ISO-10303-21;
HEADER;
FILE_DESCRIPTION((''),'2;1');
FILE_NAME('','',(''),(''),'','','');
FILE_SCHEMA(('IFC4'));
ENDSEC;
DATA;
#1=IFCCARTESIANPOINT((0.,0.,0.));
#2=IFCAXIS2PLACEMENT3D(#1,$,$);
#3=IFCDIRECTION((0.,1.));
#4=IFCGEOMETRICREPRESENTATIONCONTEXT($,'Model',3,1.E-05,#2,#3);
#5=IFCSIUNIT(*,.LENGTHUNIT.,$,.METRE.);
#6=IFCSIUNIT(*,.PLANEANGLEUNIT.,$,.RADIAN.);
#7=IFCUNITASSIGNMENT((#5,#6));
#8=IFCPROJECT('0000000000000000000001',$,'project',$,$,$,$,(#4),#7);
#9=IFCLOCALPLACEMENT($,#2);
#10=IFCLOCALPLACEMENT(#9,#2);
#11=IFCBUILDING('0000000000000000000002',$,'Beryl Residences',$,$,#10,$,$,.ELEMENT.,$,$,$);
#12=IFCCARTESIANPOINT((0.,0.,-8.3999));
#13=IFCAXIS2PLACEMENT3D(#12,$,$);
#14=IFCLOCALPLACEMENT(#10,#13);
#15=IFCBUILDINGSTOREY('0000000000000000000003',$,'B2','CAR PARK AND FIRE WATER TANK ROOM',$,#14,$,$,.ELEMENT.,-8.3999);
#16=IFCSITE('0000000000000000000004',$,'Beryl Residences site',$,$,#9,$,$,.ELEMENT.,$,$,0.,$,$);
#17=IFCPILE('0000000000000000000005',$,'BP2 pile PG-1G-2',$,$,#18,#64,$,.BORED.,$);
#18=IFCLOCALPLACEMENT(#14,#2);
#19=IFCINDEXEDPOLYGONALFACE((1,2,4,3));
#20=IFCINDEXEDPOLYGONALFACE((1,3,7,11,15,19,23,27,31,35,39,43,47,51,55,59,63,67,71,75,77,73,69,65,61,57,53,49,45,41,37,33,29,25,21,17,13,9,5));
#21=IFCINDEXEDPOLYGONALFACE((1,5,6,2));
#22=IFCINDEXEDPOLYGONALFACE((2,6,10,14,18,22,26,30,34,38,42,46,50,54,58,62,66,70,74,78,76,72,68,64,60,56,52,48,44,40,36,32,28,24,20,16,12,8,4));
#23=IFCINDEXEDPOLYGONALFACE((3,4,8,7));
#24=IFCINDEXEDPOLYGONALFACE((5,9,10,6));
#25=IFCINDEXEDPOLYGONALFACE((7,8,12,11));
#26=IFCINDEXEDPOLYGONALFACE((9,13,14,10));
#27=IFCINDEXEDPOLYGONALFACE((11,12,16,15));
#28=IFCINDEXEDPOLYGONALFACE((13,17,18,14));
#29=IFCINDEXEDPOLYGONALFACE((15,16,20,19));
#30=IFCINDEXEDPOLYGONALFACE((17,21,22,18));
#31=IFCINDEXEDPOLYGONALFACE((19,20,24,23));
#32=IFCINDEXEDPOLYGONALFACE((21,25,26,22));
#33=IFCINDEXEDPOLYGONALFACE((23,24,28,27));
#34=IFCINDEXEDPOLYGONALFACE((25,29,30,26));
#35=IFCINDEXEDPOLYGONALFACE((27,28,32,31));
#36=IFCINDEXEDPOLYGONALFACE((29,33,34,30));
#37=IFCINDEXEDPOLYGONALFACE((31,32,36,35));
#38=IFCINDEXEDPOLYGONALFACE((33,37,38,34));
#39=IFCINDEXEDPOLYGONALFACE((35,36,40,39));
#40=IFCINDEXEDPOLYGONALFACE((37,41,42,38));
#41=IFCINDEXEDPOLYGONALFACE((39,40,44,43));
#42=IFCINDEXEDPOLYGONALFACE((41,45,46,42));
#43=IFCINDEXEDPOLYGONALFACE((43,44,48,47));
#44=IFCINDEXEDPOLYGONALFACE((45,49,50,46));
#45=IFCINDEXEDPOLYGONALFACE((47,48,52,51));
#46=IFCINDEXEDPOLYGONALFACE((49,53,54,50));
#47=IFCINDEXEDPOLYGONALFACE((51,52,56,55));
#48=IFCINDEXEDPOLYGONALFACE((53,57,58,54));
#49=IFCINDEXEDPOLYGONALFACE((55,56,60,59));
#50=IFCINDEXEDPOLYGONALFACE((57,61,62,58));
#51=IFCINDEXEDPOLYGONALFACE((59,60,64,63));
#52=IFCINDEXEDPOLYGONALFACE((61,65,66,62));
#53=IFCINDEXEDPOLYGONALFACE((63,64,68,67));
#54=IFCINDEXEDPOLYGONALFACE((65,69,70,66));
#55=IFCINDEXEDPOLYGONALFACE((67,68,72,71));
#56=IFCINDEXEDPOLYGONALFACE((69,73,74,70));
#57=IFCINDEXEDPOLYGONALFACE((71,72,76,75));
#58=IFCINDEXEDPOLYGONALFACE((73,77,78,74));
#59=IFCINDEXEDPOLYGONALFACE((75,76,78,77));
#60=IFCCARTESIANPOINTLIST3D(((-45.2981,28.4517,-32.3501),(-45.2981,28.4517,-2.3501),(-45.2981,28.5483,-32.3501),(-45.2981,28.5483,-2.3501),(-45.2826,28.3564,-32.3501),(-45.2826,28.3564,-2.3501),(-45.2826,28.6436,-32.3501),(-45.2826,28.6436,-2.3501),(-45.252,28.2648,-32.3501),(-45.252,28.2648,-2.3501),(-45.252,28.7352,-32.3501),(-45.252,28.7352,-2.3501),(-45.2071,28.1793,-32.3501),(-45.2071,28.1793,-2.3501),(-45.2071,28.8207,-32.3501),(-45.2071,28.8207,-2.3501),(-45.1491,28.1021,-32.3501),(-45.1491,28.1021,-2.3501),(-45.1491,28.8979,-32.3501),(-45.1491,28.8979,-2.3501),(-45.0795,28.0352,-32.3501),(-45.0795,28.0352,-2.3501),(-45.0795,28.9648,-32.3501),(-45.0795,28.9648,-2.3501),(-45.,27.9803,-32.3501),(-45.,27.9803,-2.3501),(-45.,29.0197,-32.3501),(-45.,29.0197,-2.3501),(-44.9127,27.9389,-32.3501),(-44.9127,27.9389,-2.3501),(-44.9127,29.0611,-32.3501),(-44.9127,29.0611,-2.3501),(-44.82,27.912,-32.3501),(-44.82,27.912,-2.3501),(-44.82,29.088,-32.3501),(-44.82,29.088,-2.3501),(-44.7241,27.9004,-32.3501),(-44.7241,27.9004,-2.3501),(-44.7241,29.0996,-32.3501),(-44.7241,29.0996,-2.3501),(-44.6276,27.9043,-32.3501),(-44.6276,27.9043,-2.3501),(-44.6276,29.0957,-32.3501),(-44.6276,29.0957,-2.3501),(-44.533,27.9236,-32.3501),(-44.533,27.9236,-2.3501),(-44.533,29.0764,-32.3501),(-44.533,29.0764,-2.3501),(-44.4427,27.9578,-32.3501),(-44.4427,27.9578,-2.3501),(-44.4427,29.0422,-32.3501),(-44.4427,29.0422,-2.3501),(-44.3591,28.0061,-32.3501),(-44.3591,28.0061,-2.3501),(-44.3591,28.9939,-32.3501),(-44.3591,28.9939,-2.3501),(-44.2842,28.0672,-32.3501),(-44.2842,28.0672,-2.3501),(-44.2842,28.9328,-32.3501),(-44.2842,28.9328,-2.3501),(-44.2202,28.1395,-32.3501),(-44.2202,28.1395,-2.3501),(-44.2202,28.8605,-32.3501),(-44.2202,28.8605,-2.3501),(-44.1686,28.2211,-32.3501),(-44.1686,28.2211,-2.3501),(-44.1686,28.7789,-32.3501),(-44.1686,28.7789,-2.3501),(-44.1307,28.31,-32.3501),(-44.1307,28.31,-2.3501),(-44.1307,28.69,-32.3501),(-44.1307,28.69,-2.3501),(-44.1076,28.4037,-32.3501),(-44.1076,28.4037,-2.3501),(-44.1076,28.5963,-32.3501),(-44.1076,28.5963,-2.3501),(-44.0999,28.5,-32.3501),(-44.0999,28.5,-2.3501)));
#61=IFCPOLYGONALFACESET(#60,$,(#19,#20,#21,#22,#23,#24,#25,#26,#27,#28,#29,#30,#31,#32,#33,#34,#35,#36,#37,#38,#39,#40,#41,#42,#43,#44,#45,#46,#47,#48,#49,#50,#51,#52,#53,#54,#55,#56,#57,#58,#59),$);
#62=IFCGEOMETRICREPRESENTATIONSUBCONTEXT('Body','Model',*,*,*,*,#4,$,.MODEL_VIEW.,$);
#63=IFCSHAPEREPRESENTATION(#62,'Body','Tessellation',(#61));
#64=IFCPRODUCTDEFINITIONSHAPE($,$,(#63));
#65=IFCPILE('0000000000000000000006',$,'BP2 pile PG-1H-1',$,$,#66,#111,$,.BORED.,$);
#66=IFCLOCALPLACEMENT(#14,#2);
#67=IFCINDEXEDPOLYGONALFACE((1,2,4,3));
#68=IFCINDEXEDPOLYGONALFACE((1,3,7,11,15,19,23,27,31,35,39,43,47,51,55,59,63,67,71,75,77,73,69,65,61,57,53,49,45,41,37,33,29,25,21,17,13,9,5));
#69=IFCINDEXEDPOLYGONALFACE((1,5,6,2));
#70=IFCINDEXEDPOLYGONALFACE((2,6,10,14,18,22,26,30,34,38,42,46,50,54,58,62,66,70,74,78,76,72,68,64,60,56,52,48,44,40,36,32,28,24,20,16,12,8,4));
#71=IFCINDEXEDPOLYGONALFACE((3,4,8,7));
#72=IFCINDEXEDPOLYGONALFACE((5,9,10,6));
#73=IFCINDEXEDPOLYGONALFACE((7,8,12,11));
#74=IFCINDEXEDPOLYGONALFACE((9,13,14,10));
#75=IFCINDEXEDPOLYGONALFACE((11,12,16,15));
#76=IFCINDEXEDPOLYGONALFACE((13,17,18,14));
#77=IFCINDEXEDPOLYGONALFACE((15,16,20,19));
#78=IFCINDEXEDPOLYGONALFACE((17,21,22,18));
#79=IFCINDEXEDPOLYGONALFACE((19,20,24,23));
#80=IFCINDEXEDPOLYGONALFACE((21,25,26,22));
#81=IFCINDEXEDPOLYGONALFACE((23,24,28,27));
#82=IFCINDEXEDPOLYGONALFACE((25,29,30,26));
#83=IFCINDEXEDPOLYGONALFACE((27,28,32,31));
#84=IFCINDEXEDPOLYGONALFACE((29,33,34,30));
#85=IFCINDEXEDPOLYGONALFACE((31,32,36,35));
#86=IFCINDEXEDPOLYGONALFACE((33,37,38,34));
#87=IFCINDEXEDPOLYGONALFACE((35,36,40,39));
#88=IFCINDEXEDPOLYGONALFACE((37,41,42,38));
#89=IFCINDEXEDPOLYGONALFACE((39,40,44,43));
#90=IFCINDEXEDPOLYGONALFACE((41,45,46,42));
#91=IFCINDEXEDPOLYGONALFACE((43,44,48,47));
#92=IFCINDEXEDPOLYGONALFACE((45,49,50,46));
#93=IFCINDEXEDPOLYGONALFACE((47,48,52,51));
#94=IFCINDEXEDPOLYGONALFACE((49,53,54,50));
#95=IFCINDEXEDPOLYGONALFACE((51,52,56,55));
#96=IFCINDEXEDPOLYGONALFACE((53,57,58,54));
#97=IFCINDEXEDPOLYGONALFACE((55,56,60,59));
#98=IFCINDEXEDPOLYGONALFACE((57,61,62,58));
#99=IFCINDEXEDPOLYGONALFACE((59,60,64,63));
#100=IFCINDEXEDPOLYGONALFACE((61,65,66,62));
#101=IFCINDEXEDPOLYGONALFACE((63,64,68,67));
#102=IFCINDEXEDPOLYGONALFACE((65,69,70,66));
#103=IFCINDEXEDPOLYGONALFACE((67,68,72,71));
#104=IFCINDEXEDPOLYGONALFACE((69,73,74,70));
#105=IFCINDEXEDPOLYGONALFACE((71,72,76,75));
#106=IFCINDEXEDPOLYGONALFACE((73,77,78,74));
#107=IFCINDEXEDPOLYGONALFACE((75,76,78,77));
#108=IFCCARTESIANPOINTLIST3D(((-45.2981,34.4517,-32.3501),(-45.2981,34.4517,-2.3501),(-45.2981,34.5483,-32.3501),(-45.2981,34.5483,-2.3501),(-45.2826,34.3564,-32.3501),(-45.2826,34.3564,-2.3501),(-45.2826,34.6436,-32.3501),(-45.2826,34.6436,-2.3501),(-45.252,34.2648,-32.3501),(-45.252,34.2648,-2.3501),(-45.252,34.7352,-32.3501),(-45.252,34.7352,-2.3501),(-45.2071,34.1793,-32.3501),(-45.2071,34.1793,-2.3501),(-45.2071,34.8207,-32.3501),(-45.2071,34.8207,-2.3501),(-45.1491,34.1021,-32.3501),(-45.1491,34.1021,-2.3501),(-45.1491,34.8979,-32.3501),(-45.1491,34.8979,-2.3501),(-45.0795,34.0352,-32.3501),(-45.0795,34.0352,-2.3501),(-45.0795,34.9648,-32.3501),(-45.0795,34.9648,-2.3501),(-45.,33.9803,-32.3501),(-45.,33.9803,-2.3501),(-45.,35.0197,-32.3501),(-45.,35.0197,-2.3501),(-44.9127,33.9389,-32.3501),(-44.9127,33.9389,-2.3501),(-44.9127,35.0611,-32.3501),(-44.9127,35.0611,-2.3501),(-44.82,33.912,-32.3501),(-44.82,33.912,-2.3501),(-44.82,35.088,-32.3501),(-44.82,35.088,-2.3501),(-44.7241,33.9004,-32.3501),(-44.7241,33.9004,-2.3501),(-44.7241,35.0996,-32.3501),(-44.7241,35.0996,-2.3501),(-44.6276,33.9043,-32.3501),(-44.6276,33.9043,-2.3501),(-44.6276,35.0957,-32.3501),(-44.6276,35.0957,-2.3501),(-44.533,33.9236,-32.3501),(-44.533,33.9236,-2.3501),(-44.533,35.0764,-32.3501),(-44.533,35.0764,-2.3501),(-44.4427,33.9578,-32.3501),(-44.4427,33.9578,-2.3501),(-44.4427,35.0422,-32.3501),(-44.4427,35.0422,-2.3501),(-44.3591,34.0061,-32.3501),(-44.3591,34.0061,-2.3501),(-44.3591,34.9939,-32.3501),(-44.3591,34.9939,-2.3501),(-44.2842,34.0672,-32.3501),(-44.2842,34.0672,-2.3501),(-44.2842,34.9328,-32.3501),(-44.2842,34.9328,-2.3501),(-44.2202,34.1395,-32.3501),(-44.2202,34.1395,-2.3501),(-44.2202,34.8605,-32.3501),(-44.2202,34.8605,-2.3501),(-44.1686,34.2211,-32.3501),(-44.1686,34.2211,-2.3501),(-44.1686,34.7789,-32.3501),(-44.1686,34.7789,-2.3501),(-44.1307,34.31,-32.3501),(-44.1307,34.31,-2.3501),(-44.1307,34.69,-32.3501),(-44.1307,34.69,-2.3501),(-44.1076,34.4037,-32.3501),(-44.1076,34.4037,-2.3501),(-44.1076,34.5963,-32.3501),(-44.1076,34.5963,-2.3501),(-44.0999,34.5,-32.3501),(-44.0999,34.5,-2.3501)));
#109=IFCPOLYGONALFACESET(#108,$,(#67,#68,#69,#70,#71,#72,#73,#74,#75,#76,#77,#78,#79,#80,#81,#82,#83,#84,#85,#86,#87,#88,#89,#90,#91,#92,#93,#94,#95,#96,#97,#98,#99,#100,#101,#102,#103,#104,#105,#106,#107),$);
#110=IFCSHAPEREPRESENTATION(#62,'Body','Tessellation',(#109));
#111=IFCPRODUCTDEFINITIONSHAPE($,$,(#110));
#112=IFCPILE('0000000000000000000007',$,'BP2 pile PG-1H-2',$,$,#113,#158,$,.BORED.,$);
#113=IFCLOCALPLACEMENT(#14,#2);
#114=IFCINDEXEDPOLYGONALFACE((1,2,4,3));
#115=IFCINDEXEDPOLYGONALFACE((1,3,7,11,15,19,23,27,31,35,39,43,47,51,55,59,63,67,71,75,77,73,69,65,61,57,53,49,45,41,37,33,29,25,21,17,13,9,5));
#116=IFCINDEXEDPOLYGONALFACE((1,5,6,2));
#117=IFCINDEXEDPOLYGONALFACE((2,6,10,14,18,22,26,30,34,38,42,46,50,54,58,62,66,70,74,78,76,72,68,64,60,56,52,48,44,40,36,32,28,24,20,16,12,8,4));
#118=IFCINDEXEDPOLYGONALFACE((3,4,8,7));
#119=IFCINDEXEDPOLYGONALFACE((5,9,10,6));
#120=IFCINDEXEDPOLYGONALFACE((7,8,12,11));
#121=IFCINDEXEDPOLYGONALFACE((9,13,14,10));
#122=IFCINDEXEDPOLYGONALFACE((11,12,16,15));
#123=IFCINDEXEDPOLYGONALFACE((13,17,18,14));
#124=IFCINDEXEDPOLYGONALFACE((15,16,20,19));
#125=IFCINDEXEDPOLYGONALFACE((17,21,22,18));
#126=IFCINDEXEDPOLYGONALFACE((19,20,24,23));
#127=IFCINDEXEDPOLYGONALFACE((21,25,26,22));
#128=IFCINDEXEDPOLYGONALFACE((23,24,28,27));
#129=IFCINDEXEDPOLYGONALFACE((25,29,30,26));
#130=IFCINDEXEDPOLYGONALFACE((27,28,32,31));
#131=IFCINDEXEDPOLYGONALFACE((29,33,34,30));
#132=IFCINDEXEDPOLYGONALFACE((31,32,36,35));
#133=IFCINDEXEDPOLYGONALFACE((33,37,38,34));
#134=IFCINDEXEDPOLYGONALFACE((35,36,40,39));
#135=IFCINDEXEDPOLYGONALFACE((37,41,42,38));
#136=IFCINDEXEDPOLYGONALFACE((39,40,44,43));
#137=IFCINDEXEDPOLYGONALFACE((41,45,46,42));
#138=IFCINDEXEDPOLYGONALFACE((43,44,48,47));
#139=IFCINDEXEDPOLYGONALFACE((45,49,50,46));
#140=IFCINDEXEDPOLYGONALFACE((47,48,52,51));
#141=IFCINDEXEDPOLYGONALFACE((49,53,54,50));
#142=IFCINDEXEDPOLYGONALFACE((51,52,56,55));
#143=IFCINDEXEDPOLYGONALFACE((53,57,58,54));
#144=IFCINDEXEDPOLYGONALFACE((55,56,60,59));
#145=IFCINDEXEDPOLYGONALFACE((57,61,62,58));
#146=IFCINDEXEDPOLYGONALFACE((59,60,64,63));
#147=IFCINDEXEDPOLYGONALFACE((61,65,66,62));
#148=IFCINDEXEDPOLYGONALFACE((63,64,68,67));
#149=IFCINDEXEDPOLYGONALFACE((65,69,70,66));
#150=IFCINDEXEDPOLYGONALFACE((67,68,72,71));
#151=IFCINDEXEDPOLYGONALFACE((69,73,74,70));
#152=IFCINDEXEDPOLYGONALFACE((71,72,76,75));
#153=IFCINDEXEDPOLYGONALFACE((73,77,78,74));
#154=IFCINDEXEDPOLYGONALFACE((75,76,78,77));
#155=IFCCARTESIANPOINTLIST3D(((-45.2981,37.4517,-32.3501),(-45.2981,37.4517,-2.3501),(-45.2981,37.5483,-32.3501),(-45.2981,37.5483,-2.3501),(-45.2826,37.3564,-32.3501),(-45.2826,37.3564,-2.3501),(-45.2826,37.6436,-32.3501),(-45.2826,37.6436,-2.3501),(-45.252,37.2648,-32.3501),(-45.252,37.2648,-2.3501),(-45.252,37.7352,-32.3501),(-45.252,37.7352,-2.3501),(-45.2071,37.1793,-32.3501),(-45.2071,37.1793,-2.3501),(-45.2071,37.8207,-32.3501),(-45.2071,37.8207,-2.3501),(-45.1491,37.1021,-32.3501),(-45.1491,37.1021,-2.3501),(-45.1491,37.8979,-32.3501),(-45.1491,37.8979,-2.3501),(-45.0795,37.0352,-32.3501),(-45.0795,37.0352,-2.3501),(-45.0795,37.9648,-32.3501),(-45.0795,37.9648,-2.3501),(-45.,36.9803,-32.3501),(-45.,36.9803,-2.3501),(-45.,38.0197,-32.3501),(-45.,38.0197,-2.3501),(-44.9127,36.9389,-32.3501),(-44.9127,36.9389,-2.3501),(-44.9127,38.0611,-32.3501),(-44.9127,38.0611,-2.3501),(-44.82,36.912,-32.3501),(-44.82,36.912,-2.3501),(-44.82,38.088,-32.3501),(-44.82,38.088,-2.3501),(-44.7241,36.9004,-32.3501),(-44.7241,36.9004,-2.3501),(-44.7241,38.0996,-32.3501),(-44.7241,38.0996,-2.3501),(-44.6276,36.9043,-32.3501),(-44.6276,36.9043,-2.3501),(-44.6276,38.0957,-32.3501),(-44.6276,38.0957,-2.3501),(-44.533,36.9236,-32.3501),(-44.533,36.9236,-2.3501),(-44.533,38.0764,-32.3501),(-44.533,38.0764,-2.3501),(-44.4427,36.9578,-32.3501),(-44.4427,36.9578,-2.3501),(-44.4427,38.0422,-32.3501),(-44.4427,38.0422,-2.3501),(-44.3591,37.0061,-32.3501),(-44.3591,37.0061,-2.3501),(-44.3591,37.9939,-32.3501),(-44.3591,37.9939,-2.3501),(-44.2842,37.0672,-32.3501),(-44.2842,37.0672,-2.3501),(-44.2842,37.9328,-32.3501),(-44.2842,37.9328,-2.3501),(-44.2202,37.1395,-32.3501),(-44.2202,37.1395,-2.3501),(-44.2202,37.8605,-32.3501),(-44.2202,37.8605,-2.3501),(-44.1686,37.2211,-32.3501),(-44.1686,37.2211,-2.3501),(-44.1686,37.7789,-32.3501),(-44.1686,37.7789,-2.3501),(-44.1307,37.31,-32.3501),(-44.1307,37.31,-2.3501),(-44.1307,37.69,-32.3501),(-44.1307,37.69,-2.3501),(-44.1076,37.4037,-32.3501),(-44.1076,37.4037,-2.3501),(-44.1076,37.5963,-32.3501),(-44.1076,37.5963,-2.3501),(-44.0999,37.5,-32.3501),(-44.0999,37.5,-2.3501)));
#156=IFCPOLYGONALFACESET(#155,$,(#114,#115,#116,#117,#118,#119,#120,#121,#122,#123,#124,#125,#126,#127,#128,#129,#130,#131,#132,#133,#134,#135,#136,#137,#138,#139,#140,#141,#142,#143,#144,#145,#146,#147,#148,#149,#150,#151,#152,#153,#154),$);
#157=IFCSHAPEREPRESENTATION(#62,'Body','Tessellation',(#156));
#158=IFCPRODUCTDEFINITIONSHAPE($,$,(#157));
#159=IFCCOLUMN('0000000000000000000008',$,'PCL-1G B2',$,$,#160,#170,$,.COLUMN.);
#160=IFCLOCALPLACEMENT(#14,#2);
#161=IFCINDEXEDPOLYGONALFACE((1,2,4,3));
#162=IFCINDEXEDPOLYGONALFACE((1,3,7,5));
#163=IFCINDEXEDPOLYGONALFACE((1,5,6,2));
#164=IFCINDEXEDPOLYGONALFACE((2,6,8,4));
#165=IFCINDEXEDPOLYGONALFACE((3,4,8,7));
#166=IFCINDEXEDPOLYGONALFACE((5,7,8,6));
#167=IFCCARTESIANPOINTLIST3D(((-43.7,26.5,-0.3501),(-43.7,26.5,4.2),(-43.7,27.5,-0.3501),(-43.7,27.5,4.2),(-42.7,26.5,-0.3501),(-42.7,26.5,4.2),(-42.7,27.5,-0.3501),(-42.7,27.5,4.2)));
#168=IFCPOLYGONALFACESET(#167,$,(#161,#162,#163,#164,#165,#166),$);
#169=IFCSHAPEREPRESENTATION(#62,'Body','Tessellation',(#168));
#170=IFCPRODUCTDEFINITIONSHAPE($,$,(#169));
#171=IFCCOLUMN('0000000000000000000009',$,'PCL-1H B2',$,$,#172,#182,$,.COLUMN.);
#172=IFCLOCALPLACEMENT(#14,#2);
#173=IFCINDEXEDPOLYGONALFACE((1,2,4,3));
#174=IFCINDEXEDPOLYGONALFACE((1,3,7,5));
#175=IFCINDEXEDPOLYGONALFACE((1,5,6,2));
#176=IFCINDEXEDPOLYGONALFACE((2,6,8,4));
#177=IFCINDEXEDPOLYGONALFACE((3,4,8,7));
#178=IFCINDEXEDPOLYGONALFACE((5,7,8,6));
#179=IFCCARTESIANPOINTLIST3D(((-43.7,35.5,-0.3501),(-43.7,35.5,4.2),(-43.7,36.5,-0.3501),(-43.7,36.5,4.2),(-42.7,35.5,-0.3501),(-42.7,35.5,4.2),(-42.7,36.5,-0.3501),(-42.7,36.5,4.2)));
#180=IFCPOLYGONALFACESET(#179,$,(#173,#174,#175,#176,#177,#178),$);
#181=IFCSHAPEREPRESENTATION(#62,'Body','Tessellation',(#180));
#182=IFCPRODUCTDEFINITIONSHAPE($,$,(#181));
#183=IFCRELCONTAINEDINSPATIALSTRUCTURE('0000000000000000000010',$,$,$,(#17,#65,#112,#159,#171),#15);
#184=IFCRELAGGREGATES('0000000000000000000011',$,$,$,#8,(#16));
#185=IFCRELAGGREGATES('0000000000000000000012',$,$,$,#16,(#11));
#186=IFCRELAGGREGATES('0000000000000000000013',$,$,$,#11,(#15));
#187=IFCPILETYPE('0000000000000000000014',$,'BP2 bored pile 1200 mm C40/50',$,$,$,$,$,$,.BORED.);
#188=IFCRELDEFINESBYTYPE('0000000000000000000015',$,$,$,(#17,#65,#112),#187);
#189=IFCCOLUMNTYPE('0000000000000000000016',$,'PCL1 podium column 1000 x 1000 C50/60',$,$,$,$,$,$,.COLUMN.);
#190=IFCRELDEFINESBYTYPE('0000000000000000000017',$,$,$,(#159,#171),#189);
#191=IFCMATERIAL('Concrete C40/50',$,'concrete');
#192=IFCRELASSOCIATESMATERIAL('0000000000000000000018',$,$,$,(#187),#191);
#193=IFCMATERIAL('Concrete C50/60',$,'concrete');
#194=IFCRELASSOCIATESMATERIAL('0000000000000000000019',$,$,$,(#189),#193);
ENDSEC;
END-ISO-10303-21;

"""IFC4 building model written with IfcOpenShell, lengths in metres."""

from ifc_helpers import new_model, si_unit, direction, frame, origin, origin_2d, place, context, subcontext, project, spatial, rectangle, circle, extrude, material, material_profile, profile_set, type_object, element, save


model = new_model("IFC4")

# Units and contexts
model_context = context("Model", 3, precision=1e-05, world=origin(), true_north=direction((0.0, 1.0)))
body_context = subcontext(model_context, "Body", "Model", "MODEL_VIEW")
ifc_project = project(units=[si_unit("LENGTHUNIT", "METRE"), si_unit("PLANEANGLEUNIT", "RADIAN")], contexts=[model_context])

# Site, building, storey
site_placement = place(None, origin())
site = spatial("IfcSite", under=ifc_project, at=site_placement, Name="Beryl Residences site", CompositionType="ELEMENT", RefElevation=0.0)
building_placement = place(site_placement, origin())
building = spatial("IfcBuilding", under=site, at=building_placement, Name="Beryl Residences", CompositionType="ELEMENT")
storey_placement = place(building_placement, frame((0.0, 0.0, -8.3999)))
storey = spatial("IfcBuildingStorey", under=building, at=storey_placement, Name="B2", Description="CAR PARK AND FIRE WATER TANK ROOM", CompositionType="ELEMENT", Elevation=-8.3999)

# Piles
ifc_material_1 = material(Name="Concrete C40/50", Category="concrete")
ifc_material_profile_1 = material_profile(ifc_material_1, circle(Radius=0.6001, at=origin_2d()))
ifc_profile_set_1 = profile_set([ifc_material_profile_1], Name="Concrete C40/50")
pile_type = type_object("IfcPileType", Name="BP2 bored pile 1200 mm C40/50", PredefinedType="BORED", material=ifc_profile_set_1)
for number, where, z_axis, x_axis, name in (
    (1, (-44.7, 28.5, -2.3501), (0.0, 0.0, -1.0), (1.0, 0.0, 0.0), "BP2 pile PG-1G-2"),
    (2, (-44.7, 34.5, -2.3501), (0.0, 0.0, -1.0), (1.0, 0.0, 0.0), "BP2 pile PG-1H-1"),
    (3, (-44.7, 37.5, -2.3501), (0.0, 0.0, -1.0), (1.0, 0.0, 0.0), "BP2 pile PG-1H-2"),
):
    element("IfcPile", number, at=place(storey_placement, frame(where, z_axis=z_axis, x_axis=x_axis)), inside=storey, type_object=pile_type, Name=name, PredefinedType="BORED", context=body_context, shape_type="SweptSolid", body=[
        extrude(circle(Radius=0.6001, at=origin_2d()), origin(), (0.0, 0.0, 1.0), 30.0),
    ])

# Columns
ifc_material_2 = material(Name="Concrete C50/60", Category="concrete")
ifc_material_profile_2 = material_profile(ifc_material_2, rectangle(XDim=1.0, YDim=1.0, at=origin_2d()))
ifc_profile_set_2 = profile_set([ifc_material_profile_2], Name="Concrete C50/60")
column_type = type_object("IfcColumnType", Name="PCL1 podium column 1000 x 1000 C50/60", PredefinedType="COLUMN", material=ifc_profile_set_2)
for number, where, z_axis, x_axis, name in (
    (4, (-43.2, 27.0, -0.3501), (0.0, 0.0, 1.0), (1.0, 0.0, 0.0), "PCL-1G B2"),
    (5, (-43.2, 36.0, -0.3501), (0.0, 0.0, 1.0), (1.0, 0.0, 0.0), "PCL-1H B2"),
):
    element("IfcColumn", number, at=place(storey_placement, frame(where, z_axis=z_axis, x_axis=x_axis)), inside=storey, type_object=column_type, Name=name, PredefinedType="COLUMN", context=body_context, shape_type="SweptSolid", body=[
        extrude(rectangle(XDim=1.0, YDim=1.0, at=origin_2d()), origin(), (0.0, 0.0, 1.0), 4.55),
    ])

save(model, "model.ifc")
